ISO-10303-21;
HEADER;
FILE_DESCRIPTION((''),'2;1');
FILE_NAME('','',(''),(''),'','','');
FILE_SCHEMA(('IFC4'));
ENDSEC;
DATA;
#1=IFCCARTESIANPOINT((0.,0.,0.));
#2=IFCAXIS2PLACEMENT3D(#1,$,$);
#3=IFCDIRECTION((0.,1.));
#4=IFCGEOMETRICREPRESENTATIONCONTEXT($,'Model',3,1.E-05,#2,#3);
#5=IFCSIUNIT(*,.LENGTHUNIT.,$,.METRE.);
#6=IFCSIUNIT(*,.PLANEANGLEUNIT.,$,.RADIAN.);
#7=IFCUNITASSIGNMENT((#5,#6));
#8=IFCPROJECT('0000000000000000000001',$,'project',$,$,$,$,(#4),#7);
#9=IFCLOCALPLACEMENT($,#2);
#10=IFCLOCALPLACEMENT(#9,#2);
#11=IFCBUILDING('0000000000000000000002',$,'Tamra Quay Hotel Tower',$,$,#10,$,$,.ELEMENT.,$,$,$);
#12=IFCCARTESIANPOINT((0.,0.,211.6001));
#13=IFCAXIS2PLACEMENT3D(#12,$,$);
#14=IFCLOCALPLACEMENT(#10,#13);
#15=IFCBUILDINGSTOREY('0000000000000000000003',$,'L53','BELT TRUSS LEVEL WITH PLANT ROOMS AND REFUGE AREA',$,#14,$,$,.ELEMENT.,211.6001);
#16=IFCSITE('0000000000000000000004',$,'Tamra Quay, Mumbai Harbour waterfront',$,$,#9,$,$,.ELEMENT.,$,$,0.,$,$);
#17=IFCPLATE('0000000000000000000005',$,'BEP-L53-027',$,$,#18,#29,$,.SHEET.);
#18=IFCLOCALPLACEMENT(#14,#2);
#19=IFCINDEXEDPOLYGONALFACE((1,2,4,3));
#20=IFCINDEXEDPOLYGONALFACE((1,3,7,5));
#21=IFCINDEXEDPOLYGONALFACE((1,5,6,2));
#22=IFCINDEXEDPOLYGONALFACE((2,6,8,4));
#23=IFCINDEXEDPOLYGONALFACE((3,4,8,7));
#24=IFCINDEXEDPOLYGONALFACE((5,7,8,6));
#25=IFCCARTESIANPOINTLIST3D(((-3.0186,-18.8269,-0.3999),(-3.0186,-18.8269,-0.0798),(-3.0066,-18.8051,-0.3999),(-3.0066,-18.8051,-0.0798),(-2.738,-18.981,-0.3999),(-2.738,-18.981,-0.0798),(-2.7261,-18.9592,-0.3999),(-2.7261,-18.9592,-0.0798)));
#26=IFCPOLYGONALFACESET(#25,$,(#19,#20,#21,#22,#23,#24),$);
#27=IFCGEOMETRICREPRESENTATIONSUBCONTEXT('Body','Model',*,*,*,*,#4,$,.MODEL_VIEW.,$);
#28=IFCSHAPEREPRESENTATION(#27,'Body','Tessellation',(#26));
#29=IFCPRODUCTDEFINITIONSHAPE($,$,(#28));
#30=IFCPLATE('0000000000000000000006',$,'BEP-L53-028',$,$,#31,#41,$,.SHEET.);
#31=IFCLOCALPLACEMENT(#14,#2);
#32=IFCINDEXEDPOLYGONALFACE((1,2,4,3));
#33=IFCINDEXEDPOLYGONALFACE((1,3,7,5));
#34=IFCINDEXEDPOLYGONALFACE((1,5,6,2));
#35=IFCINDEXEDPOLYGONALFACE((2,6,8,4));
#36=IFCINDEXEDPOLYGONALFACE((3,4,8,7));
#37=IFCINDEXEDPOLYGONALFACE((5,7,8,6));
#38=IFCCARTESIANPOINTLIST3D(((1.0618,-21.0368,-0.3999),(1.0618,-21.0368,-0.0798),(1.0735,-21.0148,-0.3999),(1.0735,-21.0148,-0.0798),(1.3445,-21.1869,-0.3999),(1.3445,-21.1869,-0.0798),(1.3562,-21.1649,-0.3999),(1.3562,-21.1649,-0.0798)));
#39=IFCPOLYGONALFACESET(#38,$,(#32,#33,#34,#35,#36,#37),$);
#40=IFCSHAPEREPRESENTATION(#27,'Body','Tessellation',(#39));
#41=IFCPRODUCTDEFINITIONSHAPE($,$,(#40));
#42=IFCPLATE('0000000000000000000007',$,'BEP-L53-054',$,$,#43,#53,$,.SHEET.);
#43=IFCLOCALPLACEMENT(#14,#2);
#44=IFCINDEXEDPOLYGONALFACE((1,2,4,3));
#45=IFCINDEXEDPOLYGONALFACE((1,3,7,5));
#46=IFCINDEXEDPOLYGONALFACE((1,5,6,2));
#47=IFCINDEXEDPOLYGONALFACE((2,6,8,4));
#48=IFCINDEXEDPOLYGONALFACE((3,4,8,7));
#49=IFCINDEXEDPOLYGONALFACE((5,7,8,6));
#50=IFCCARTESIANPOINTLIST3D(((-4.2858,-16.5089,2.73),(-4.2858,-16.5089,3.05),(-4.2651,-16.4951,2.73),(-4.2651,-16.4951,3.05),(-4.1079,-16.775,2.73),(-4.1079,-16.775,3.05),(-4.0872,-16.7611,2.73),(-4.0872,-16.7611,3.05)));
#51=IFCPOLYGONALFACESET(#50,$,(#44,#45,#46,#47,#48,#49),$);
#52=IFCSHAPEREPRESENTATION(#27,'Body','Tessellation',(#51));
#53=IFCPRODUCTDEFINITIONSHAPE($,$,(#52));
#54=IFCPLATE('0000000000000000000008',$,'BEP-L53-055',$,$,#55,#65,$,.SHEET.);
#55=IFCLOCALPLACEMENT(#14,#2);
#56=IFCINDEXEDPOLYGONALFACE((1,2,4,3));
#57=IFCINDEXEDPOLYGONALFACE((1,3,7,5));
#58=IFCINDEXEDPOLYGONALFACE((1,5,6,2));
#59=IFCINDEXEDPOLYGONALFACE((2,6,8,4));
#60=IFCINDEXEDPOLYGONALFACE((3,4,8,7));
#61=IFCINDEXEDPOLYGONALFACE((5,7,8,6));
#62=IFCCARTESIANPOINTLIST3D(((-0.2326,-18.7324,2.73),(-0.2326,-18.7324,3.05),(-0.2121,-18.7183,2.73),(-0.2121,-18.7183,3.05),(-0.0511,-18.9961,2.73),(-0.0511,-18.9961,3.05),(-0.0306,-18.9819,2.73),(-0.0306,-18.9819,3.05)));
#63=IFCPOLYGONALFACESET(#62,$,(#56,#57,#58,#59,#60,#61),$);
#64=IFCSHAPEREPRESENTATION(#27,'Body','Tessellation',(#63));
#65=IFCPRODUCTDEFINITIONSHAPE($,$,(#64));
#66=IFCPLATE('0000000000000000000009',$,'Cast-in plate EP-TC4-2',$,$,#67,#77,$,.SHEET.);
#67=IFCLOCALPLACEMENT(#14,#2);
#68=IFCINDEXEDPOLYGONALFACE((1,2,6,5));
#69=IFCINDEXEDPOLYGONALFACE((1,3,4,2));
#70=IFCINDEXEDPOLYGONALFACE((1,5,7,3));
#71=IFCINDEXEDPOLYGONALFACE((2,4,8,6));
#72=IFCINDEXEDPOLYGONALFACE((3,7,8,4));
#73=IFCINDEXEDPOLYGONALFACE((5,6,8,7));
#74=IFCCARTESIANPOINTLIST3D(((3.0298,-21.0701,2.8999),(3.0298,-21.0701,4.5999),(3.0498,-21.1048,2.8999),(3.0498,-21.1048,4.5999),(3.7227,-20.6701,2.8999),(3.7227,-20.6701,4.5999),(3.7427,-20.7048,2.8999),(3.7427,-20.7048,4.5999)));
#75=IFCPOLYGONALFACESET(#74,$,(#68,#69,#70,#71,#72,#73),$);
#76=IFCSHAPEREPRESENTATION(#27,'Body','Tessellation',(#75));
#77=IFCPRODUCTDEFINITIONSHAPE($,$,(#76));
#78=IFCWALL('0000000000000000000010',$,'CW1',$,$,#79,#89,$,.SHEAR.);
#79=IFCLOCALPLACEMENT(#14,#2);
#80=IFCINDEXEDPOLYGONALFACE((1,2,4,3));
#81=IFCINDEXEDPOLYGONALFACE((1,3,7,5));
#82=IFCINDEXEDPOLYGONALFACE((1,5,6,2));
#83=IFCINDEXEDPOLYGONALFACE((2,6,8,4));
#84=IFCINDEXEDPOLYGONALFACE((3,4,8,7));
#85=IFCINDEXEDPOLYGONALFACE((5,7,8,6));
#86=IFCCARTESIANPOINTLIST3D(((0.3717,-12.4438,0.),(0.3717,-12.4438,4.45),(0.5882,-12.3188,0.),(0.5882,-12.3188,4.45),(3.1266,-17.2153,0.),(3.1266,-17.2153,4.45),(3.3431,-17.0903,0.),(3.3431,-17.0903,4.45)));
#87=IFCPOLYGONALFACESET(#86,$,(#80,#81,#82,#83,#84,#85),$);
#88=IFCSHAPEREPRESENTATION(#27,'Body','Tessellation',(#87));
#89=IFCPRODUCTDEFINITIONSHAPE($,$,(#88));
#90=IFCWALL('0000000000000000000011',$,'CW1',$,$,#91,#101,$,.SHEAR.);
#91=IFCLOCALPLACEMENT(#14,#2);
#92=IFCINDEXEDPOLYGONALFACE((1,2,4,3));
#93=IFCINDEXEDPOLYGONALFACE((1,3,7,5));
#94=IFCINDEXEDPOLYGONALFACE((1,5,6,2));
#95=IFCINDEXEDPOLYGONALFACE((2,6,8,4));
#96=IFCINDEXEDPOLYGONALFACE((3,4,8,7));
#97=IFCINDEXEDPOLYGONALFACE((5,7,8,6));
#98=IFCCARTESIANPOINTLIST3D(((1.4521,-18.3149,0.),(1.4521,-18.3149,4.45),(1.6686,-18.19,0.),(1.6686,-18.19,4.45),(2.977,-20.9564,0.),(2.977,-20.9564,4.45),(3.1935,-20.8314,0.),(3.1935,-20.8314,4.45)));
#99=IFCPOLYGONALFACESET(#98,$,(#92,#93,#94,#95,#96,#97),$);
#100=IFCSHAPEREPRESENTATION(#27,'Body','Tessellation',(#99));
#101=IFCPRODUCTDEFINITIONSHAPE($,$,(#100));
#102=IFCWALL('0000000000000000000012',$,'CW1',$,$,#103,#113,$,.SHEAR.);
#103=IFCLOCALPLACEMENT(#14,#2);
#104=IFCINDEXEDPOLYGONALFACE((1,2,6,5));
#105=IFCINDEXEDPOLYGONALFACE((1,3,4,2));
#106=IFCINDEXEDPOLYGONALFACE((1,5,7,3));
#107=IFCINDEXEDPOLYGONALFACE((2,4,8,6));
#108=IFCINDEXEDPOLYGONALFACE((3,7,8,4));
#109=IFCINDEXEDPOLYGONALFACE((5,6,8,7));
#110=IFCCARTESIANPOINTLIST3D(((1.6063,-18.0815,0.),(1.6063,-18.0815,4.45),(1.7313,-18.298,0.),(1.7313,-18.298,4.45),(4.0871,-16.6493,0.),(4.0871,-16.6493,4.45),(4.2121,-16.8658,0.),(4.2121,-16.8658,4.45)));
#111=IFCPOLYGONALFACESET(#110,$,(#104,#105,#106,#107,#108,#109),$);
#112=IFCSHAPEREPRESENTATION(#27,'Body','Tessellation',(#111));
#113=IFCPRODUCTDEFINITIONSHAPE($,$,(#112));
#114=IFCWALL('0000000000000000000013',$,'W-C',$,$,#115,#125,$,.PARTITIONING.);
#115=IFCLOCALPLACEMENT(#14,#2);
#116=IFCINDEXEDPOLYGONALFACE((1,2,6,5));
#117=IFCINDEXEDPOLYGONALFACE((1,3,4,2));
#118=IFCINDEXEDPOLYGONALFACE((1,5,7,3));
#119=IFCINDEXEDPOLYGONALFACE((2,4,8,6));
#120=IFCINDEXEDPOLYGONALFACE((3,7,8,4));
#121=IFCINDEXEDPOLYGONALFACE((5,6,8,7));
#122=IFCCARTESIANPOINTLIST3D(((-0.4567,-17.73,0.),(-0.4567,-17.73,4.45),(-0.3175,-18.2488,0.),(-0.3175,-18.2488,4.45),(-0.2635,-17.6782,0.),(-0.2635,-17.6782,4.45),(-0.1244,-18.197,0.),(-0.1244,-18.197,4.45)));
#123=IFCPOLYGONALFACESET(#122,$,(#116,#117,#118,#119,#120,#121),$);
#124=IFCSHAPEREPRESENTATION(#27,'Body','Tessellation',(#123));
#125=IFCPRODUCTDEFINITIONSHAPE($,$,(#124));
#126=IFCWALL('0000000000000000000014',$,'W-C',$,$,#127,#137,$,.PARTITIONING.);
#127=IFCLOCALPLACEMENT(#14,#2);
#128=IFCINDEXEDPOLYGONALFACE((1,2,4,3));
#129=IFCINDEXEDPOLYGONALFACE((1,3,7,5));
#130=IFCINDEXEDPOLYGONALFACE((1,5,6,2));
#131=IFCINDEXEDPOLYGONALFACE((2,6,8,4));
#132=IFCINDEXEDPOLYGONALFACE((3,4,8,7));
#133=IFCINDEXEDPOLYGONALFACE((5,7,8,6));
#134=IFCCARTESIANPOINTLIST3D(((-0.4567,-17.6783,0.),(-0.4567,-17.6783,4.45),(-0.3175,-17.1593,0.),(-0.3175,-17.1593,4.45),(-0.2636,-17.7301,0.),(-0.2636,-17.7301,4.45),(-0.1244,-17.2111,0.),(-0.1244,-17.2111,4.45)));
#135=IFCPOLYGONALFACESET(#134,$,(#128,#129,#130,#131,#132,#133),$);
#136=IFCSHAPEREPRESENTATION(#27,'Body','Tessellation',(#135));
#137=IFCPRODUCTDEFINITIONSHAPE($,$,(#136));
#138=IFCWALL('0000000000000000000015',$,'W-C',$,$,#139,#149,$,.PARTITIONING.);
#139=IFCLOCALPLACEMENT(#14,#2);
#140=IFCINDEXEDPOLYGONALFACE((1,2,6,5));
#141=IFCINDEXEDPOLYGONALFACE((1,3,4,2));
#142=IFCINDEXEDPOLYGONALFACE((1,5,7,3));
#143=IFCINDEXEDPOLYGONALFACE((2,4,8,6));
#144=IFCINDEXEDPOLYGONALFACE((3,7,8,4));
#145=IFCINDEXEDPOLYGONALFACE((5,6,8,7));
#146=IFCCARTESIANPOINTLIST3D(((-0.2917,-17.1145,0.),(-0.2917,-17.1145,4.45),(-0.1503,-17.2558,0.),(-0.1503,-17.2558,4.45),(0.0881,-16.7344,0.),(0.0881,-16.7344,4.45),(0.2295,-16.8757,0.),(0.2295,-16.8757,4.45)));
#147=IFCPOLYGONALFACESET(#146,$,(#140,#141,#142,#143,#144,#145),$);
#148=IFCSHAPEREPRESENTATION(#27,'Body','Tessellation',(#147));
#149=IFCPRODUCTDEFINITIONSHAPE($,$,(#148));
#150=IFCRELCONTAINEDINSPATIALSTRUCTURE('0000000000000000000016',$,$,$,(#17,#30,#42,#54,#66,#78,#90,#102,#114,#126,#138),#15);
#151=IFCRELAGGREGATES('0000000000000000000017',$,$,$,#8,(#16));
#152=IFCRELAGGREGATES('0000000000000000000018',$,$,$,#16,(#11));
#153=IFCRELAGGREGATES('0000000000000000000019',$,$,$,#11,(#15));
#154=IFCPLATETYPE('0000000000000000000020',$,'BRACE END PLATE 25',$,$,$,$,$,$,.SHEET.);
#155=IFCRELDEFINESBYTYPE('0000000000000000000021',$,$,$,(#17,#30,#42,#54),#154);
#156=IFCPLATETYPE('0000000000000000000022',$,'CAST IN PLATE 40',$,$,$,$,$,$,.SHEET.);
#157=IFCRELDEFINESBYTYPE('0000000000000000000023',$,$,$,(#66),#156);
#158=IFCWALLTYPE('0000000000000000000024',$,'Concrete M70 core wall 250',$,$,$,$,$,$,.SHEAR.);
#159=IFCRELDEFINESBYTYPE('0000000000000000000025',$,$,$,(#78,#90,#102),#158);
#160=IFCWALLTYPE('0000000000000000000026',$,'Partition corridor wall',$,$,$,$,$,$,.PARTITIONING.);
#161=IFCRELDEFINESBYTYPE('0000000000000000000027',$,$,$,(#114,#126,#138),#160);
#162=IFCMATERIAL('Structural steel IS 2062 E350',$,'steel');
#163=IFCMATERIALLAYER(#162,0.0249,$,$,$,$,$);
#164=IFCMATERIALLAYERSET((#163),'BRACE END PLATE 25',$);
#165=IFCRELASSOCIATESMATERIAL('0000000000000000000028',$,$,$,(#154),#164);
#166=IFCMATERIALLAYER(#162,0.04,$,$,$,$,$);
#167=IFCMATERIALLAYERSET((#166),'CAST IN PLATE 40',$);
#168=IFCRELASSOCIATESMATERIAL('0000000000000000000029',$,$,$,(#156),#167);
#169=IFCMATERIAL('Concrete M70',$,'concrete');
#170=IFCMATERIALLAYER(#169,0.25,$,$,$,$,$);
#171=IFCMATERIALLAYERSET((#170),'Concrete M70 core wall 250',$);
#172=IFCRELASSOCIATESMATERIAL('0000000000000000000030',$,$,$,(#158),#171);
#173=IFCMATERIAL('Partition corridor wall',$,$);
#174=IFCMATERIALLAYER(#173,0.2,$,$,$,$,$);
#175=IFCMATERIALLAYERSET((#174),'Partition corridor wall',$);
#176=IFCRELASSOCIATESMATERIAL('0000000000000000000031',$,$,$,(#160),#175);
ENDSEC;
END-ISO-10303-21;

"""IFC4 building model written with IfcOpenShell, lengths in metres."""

from ifc_helpers import new_model, si_unit, direction, frame, frame_2d, origin, origin_2d, place, context, subcontext, project, spatial, rectangle, extrude, material, layer, layer_set, type_object, element, save


model = new_model("IFC4")

# Units and contexts
model_context = context("Model", 3, precision=1e-05, world=origin(), true_north=direction((0.0, 1.0)))
body_context = subcontext(model_context, "Body", "Model", "MODEL_VIEW")
ifc_project = project(units=[si_unit("LENGTHUNIT", "METRE"), si_unit("PLANEANGLEUNIT", "RADIAN")], contexts=[model_context])

# Site, building, storey
site_placement = place(None, origin())
site = spatial("IfcSite", under=ifc_project, at=site_placement, Name="Tamra Quay, Mumbai Harbour waterfront", CompositionType="ELEMENT", RefElevation=0.0)
building_placement = place(site_placement, origin())
building = spatial("IfcBuilding", under=site, at=building_placement, Name="Tamra Quay Hotel Tower", CompositionType="ELEMENT")
storey_placement = place(building_placement, frame((0.0, 0.0, 211.6001)))
storey = spatial("IfcBuildingStorey", under=building, at=storey_placement, Name="L53", Description="BELT TRUSS LEVEL WITH PLANT ROOMS AND REFUGE AREA", CompositionType="ELEMENT", Elevation=211.6001)

# Shared definitions
ifc_material_1 = material(Name="Structural steel IS 2062 E350", Category="steel")

# Plates
ifc_layer_1 = layer(ifc_material_1, 0.0249)
ifc_layer_set_1 = layer_set([ifc_layer_1], Name="BRACE END PLATE 25")
plate_type_1 = type_object("IfcPlateType", Name="BRACE END PLATE 25", PredefinedType="SHEET", material=ifc_layer_set_1)
for number, where, z_axis, x_axis, name in (
    (1, (-2.8723, -18.8931, -0.3999), (0.0, 0.0, 1.0), (0.481491, 0.876451, 0.0), "BEP-L53-027"),
    (2, (1.209, -21.1008, -0.3999), (0.0, 0.0, 1.0), (0.469006, 0.883195, 0.0), "BEP-L53-028"),
    (3, (-4.1865, -16.635, 2.73), (0.0, 0.0, 1.0), (0.831224, 0.555937, 0.0), "BEP-L53-054"),
    (4, (-0.1316, -18.8572, 2.73), (0.0, 0.0, 1.0), (0.823669, 0.567071, 0.0), "BEP-L53-055"),
):
    element("IfcPlate", number, at=place(storey_placement, frame(where, z_axis=z_axis, x_axis=x_axis)), inside=storey, type_object=plate_type_1, Name=name, PredefinedType="SHEET", context=body_context, shape_type="SweptSolid", body=[
        extrude(rectangle(XDim=0.0249, YDim=0.3201, at=origin_2d()), origin(), (0.0, 0.0, 1.0), 0.3201),
    ])
ifc_layer_2 = layer(ifc_material_1, 0.04)
ifc_layer_set_2 = layer_set([ifc_layer_2], Name="CAST IN PLATE 40")
plate_type_2 = type_object("IfcPlateType", Name="CAST IN PLATE 40", PredefinedType="SHEET", material=ifc_layer_set_2)
plate_placement = place(storey_placement, frame((3.3862, -20.8875, 2.8999), z_axis=(0.0, 0.0, 1.0), x_axis=(0.5, -0.866025, 0.0)))
element("IfcPlate", 5, at=plate_placement, inside=storey, type_object=plate_type_2, Name="Cast-in plate EP-TC4-2", PredefinedType="SHEET", context=body_context, shape_type="SweptSolid", body=[
    extrude(rectangle(XDim=0.04, YDim=0.8, at=origin_2d()), origin(), (0.0, 0.0, 1.0), 1.7),
])

# Walls
ifc_material_2 = material(Name="Concrete M70", Category="concrete")
ifc_layer_3 = layer(ifc_material_2, 0.25)
ifc_layer_set_3 = layer_set([ifc_layer_3], Name="Concrete M70 core wall 250")
wall_type_1 = type_object("IfcWallType", Name="Concrete M70 core wall 250", PredefinedType="SHEAR", material=ifc_layer_set_3)
wall_1_placement = place(storey_placement, frame((3.2349, -17.1528, 0.0), z_axis=(0.0, 0.0, 1.0), x_axis=(-0.500009, 0.86602, 0.0)))
element("IfcWall", 6, at=wall_1_placement, inside=storey, type_object=wall_type_1, Name="CW1", PredefinedType="SHEAR", context=body_context, shape_type="SweptSolid", body=[
    extrude(rectangle(XDim=5.5098, YDim=0.25, at=frame_2d((2.7549, 0.0))), origin(), (0.0, 0.0, 1.0), 4.45),
])
wall_2_placement = place(storey_placement, frame((3.0852, -20.8938, 0.0), z_axis=(0.0, 0.0, 1.0), x_axis=(-0.499979, 0.866038, 0.0)))
element("IfcWall", 7, at=wall_2_placement, inside=storey, type_object=wall_type_1, Name="CW1", PredefinedType="SHEAR", context=body_context, shape_type="SweptSolid", body=[
    extrude(rectangle(XDim=3.05, YDim=0.25, at=frame_2d((1.5249, 0.0))), origin(), (0.0, 0.0, 1.0), 4.45),
])
wall_3_placement = place(storey_placement, frame((1.6689, -18.1897, 0.0), z_axis=(0.0, 0.0, 1.0), x_axis=(0.866042, 0.499971, 0.0)))
element("IfcWall", 8, at=wall_3_placement, inside=storey, type_object=wall_type_1, Name="CW1", PredefinedType="SHEAR", context=body_context, shape_type="SweptSolid", body=[
    extrude(rectangle(XDim=2.8645, YDim=0.25, at=frame_2d((1.4321, 0.0))), origin(), (0.0, 0.0, 1.0), 4.45),
])
ifc_material_3 = material(Name="Partition corridor wall")
ifc_layer_4 = layer(ifc_material_3, 0.2)
ifc_layer_set_4 = layer_set([ifc_layer_4], Name="Partition corridor wall")
wall_type_2 = type_object("IfcWallType", Name="Partition corridor wall", PredefinedType="PARTITIONING", material=ifc_layer_set_4)
wall_4_placement = place(storey_placement, frame((-0.3601, -17.7041, 0.0), z_axis=(0.0, 0.0, 1.0), x_axis=(0.259077, -0.965857, 0.0)))
element("IfcWall", 9, at=wall_4_placement, inside=storey, type_object=wall_type_2, Name="W-C", PredefinedType="PARTITIONING", context=body_context, shape_type="SweptSolid", body=[
    extrude(rectangle(XDim=0.5371, YDim=0.2, at=frame_2d((0.2686, 0.0))), origin(), (0.0, 0.0, 1.0), 4.45),
])
for number, where, z_axis, x_axis, name in (
    (10, (-0.3601, -17.7041, 0.0), (0.0, 0.0, 1.0), (0.258963, 0.965887, 0.0), "W-C"),
    (11, (-0.2209, -17.1851, 0.0), (0.0, 0.0, 1.0), (0.70688, 0.707334, 0.0), "W-C"),
):
    element("IfcWall", number, at=place(storey_placement, frame(where, z_axis=z_axis, x_axis=x_axis)), inside=storey, type_object=wall_type_2, Name=name, PredefinedType="PARTITIONING", context=body_context, shape_type="SweptSolid", body=[
        extrude(rectangle(XDim=0.5374, YDim=0.2, at=frame_2d((0.2686, 0.0))), origin(), (0.0, 0.0, 1.0), 4.45),
    ])

save(model, "model.ifc")
